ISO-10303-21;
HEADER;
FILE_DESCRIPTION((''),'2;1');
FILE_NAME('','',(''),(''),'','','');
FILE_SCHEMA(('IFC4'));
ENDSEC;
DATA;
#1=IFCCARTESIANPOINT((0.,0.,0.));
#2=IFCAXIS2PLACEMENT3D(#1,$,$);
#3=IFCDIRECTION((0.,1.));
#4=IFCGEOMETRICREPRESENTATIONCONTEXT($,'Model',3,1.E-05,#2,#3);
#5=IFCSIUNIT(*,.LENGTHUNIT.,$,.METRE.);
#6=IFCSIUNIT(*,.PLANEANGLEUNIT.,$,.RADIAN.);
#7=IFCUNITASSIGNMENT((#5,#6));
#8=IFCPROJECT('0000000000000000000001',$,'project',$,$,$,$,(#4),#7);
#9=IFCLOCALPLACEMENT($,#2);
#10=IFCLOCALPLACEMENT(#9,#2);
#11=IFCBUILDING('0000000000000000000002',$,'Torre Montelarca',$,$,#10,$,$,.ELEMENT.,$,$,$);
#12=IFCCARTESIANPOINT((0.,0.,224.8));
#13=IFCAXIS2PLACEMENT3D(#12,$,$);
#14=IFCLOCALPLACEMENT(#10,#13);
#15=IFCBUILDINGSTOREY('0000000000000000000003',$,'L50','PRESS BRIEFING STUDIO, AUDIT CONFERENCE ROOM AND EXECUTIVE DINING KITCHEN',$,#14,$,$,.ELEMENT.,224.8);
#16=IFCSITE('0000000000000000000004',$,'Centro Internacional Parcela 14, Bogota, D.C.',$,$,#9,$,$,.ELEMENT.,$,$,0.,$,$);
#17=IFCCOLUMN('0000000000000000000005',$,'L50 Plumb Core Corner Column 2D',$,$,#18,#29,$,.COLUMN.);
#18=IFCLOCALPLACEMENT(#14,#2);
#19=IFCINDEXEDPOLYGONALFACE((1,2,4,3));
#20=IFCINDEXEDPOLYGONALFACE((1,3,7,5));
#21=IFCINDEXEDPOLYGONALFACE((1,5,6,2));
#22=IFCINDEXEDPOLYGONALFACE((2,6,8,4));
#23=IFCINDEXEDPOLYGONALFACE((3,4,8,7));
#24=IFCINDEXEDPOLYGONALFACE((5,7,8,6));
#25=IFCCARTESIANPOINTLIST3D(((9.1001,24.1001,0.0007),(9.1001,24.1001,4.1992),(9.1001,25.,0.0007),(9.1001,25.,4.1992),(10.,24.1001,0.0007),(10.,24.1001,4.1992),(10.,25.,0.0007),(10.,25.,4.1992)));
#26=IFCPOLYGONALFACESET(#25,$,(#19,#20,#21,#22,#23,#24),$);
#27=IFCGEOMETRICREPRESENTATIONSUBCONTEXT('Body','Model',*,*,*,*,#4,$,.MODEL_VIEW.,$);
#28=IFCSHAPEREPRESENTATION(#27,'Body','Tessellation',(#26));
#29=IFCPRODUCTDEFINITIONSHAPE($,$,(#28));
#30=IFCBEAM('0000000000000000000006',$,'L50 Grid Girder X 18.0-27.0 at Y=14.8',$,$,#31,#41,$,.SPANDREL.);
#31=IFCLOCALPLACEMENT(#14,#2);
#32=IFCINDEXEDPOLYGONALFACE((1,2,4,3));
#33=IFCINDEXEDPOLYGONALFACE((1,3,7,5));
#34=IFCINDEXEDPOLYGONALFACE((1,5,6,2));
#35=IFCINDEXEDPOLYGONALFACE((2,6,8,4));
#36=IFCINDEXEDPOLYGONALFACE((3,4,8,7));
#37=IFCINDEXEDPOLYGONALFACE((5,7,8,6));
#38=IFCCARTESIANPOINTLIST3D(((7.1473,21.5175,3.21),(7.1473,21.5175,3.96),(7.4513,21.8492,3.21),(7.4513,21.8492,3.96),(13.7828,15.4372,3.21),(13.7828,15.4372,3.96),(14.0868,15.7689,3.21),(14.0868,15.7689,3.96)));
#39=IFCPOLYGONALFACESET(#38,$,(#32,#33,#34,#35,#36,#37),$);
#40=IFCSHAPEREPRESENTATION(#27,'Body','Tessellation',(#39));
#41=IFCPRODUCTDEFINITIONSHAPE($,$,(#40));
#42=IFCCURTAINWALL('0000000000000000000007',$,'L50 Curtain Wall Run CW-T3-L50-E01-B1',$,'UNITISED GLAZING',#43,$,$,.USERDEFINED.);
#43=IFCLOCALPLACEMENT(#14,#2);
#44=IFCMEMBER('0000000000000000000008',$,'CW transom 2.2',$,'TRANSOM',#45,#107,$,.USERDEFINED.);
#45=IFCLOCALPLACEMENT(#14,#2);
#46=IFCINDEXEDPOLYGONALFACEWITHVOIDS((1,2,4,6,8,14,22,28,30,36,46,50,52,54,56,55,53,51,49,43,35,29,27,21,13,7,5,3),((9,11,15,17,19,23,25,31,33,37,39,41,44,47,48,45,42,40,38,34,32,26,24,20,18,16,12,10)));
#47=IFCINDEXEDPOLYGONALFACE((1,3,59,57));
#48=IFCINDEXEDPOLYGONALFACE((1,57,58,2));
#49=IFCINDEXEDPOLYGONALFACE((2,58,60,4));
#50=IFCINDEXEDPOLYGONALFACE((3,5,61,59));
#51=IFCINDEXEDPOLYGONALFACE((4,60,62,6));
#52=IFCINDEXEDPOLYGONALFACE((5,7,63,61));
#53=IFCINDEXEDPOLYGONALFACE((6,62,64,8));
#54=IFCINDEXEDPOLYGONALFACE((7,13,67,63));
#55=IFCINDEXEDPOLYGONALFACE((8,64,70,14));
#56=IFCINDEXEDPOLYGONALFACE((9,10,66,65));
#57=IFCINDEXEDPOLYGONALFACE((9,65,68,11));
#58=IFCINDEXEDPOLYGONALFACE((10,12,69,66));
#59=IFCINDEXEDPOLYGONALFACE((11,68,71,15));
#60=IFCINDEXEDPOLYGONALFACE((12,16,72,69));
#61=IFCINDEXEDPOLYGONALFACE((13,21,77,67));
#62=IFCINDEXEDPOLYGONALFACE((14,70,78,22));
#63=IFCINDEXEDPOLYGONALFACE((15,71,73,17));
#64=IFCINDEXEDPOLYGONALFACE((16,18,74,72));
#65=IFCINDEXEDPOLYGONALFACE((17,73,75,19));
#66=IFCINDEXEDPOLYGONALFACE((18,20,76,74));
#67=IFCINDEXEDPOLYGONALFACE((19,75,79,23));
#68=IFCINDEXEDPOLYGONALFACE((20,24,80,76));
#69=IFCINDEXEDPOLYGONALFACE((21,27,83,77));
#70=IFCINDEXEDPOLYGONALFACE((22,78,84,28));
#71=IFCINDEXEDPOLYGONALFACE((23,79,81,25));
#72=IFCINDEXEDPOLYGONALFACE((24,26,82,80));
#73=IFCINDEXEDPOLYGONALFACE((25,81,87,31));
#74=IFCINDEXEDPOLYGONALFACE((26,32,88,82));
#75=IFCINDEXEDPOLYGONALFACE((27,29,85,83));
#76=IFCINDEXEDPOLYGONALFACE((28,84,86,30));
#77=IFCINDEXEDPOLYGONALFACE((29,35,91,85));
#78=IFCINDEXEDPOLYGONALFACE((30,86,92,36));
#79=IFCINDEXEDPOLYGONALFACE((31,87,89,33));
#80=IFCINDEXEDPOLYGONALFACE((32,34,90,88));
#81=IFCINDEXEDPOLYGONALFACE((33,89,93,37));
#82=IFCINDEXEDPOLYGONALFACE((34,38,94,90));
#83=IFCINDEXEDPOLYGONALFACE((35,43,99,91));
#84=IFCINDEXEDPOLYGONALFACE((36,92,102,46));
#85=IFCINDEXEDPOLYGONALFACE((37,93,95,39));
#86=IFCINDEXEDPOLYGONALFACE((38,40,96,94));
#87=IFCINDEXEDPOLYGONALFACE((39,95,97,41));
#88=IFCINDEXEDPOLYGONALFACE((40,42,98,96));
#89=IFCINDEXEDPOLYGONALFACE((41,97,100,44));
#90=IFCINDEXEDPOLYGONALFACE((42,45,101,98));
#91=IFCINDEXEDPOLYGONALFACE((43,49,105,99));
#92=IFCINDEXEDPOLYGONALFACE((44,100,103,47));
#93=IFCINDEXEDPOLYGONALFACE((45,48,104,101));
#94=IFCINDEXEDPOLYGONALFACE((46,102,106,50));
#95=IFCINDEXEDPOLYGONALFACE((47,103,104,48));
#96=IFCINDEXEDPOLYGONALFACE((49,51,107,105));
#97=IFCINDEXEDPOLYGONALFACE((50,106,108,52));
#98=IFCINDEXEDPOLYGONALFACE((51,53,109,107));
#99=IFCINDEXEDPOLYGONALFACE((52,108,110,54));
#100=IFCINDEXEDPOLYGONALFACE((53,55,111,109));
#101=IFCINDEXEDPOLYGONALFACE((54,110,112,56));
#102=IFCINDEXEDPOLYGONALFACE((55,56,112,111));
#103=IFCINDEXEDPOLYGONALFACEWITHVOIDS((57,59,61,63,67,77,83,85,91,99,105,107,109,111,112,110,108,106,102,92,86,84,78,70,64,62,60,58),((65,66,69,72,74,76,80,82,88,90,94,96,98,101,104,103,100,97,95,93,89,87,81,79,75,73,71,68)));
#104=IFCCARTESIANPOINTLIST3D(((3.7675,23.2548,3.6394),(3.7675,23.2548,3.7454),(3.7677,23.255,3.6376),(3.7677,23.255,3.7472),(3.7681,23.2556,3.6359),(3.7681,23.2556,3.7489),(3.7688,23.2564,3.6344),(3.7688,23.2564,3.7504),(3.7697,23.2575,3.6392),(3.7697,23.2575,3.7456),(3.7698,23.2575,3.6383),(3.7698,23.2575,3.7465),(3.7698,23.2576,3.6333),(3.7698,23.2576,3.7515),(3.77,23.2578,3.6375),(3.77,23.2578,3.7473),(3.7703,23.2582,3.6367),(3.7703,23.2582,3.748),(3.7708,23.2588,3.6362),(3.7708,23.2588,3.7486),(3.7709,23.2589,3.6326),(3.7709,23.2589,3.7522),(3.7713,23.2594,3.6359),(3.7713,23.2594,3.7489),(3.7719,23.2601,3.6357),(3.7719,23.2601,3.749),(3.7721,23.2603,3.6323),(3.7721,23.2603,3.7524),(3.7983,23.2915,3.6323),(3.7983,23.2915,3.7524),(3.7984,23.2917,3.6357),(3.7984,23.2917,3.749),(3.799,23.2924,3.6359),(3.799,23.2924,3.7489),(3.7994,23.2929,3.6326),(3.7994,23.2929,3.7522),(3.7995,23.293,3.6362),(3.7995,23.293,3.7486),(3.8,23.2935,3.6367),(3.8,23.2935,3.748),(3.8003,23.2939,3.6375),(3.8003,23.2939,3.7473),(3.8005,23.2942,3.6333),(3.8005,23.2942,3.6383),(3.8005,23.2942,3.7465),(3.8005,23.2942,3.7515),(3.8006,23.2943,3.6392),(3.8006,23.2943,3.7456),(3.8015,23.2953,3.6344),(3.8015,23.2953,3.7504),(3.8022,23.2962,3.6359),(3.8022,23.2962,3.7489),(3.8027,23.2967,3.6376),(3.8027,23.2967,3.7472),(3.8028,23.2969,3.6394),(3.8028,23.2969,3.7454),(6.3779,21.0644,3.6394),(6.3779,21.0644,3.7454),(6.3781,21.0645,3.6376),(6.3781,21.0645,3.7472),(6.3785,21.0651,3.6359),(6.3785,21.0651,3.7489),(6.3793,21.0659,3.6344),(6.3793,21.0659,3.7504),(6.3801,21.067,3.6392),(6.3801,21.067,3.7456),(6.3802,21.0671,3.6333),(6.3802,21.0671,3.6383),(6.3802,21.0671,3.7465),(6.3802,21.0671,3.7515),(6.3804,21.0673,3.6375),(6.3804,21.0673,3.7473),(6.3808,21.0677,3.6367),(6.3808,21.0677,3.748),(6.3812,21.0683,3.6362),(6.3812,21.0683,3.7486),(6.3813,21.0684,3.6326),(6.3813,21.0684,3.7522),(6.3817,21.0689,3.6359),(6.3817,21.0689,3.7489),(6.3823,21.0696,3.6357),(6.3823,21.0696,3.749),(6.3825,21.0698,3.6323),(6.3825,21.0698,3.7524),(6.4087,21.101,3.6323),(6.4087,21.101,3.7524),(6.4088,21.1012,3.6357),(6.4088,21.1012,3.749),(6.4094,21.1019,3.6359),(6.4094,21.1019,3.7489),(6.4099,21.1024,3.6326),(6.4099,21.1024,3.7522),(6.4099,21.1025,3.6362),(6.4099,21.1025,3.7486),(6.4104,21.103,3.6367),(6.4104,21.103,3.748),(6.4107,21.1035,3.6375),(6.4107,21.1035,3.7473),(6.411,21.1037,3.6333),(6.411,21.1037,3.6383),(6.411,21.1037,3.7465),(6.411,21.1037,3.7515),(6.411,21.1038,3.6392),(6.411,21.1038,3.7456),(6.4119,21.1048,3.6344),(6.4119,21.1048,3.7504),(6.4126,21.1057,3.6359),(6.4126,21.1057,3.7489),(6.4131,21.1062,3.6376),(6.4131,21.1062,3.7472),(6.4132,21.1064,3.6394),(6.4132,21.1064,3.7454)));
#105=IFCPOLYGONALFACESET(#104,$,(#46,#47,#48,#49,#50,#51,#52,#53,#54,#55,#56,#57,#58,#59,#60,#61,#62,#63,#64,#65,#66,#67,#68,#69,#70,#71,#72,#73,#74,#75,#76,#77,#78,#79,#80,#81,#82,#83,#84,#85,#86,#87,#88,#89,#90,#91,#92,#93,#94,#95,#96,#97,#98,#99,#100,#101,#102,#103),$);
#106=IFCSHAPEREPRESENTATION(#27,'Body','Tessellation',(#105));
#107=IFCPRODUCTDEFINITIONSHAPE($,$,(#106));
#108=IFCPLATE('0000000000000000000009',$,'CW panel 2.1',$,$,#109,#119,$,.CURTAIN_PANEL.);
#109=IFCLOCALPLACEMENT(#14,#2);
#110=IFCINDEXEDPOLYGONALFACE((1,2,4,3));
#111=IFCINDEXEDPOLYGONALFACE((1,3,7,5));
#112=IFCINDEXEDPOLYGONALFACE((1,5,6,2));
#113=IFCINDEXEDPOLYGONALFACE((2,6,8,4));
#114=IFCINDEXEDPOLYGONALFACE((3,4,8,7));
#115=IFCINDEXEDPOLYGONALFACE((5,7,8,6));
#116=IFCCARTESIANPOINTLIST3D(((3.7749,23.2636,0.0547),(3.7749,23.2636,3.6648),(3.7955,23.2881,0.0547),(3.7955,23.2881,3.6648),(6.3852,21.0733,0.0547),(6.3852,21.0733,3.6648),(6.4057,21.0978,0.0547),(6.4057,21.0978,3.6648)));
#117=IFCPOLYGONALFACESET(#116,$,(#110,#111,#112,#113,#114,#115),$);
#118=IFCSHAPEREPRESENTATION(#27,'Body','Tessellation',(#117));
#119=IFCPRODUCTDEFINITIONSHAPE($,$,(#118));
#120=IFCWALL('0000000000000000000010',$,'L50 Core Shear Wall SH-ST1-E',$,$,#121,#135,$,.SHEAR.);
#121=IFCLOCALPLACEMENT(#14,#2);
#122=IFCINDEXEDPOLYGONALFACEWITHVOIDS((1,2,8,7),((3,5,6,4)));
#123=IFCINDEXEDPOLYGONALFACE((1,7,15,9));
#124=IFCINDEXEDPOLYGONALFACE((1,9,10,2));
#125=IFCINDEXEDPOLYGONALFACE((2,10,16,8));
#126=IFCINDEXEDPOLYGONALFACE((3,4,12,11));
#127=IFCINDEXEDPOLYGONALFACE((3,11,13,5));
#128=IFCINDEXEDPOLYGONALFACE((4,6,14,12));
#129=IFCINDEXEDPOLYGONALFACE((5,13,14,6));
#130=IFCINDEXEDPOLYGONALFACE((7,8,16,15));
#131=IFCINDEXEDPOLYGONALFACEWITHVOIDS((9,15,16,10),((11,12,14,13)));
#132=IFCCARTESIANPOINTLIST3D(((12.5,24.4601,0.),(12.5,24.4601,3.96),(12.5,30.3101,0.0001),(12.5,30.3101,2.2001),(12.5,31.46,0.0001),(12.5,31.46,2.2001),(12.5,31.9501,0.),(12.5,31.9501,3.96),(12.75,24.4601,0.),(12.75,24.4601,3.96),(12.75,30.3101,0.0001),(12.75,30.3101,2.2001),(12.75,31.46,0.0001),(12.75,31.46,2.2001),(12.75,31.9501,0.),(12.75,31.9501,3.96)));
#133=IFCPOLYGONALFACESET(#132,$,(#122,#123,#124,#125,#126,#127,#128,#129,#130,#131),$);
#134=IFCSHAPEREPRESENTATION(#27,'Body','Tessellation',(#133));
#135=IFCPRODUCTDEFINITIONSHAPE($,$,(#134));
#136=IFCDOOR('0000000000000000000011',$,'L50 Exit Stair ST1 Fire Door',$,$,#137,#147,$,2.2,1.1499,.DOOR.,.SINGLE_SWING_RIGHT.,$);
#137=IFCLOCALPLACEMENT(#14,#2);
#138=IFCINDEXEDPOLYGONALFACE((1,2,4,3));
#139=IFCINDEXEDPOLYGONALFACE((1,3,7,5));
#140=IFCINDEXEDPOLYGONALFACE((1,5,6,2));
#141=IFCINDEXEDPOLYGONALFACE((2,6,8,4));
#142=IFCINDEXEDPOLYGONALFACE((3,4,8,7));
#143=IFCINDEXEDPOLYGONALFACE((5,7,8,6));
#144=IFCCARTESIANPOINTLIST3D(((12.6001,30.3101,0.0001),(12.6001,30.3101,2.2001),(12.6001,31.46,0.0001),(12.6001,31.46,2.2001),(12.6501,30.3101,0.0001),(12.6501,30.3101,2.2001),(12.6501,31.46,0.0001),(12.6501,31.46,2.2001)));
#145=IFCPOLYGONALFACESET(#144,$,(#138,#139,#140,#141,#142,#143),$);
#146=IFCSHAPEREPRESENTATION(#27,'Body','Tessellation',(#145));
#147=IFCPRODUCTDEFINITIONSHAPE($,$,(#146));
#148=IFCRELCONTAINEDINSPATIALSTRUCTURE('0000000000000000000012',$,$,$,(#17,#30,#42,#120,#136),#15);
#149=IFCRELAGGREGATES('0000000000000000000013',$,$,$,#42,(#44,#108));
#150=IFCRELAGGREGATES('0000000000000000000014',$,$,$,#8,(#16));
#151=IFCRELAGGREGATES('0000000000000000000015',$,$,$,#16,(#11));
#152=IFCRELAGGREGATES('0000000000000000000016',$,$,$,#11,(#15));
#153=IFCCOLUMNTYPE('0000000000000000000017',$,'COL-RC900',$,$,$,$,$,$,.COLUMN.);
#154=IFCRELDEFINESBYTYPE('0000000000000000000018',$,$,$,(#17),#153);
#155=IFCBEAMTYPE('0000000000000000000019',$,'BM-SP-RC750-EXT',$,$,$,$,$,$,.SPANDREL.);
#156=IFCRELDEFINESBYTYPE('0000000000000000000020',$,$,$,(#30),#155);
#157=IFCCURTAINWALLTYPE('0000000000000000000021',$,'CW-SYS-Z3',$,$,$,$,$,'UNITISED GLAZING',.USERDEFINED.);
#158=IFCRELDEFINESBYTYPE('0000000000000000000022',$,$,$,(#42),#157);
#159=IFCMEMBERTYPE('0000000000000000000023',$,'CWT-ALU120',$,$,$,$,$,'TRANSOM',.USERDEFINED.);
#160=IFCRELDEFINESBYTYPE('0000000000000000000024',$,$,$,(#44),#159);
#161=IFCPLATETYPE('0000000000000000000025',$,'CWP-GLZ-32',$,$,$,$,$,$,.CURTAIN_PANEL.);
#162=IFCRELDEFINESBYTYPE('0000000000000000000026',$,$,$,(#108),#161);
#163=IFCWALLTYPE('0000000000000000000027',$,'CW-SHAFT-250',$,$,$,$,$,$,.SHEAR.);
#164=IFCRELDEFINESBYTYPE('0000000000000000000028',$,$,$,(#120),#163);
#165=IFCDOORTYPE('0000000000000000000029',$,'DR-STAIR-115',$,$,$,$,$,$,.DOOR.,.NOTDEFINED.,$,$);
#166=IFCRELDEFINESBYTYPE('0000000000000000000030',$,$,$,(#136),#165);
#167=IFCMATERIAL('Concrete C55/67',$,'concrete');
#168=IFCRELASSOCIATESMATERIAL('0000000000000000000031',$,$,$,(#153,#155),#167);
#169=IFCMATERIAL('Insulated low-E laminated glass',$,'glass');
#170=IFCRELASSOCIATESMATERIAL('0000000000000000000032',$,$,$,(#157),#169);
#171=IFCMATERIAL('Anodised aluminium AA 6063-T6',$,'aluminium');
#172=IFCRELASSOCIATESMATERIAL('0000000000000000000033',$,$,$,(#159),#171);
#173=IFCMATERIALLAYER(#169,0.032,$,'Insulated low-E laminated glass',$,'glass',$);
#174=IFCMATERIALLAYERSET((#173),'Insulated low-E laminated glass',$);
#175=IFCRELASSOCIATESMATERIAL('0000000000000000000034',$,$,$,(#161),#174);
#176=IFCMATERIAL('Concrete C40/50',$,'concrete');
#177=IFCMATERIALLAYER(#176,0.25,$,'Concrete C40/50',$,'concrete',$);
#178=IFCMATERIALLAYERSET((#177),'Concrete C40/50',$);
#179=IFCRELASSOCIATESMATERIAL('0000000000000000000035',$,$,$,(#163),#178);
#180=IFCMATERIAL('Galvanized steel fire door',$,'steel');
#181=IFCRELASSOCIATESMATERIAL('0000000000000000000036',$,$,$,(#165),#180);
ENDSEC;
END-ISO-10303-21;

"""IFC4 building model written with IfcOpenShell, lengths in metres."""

from ifc_helpers import new_model, si_unit, direction, frame, frame_2d, origin, origin_2d, place, context, subcontext, project, spatial, rectangle, hollow_rectangle, extrude, source, transform, mapped, material, layer, layer_set, material_profile, profile_set, type_object, element, fill, aggregate, save


model = new_model("IFC4")

# Units and contexts
model_context = context("Model", 3, precision=1e-05, world=origin(), true_north=direction((0.0, 1.0)))
body_context = subcontext(model_context, "Body", "Model", "MODEL_VIEW")
ifc_project = project(units=[si_unit("LENGTHUNIT", "METRE"), si_unit("PLANEANGLEUNIT", "RADIAN")], contexts=[model_context])

# Site, building, storey
site_placement = place(None, origin())
site = spatial("IfcSite", under=ifc_project, at=site_placement, Name="Centro Internacional Parcela 14, Bogota, D.C.", CompositionType="ELEMENT", RefElevation=0.0)
building_placement = place(site_placement, origin())
building = spatial("IfcBuilding", under=site, at=building_placement, Name="Torre Montelarca", CompositionType="ELEMENT")
storey_placement = place(building_placement, frame((0.0, 0.0, 224.8)))
storey = spatial("IfcBuildingStorey", under=building, at=storey_placement, Name="L50", Description="PRESS BRIEFING STUDIO, AUDIT CONFERENCE ROOM AND EXECUTIVE DINING KITCHEN", CompositionType="ELEMENT", Elevation=224.8)

# Column
ifc_material_1 = material(Name="Concrete C55/67", Category="concrete")
ifc_material_profile_1 = material_profile(ifc_material_1, rectangle(XDim=0.8999, YDim=0.8999, at=origin_2d()), Name="RC900X900", Category="concrete")
ifc_profile_set_1 = profile_set([ifc_material_profile_1], Name="Concrete C55/67")
column_type_1 = type_object("IfcColumnType", Name="COL-RC900", PredefinedType="COLUMN", material=ifc_profile_set_1)
shared_shape_1 = source(origin(), body_context, "Body", "SweptSolid", [
    extrude(rectangle(XDim=0.8999, YDim=0.8999, at=origin_2d()), origin(), (0.0, 0.0, 1.0), 4.1985),
])
column_1_placement = place(storey_placement, frame((9.55, 24.55, 0.0007), z_axis=(0.0, 0.0, 1.0), x_axis=(1.0, 0.0, 0.0)))
element("IfcColumn", 1, at=column_1_placement, inside=storey, type_object=column_type_1, Name="L50 Plumb Core Corner Column 2D", PredefinedType="COLUMN", context=body_context, shape_type="MappedRepresentation", body=[
    mapped(shared_shape_1, transform((0.0, 0.0, 0.0), scale=1.0)),
])

# Beam
ifc_material_profile_2 = material_profile(ifc_material_1, rectangle(XDim=0.45, YDim=0.75, at=origin_2d()), Name="RCB450X750", Category="concrete")
ifc_profile_set_2 = profile_set([ifc_material_profile_2], Name="Concrete C55/67")
beam_type = type_object("IfcBeamType", Name="BM-SP-RC750-EXT", PredefinedType="SPANDREL", material=ifc_profile_set_2)
shared_shape_2 = source(origin(), body_context, "Body", "SweptSolid", [
    extrude(rectangle(XDim=0.45, YDim=0.75, at=origin_2d()), origin(), (0.0, 0.0, 1.0), 9.0),
])
beam_placement = place(storey_placement, frame((7.2993, 21.6833, 3.585), z_axis=(0.737277, -0.675591, 0.0), x_axis=(0.675591, 0.737277, 0.0)))
element("IfcBeam", 2, at=beam_placement, inside=storey, type_object=beam_type, Name="L50 Grid Girder X 18.0-27.0 at Y=14.8", PredefinedType="SPANDREL", context=body_context, shape_type="MappedRepresentation", body=[
    mapped(shared_shape_2, transform((0.0, 0.0, 0.0), scale=1.0)),
])

# Curtain wall, member, plate
ifc_material_2 = material(Name="Insulated low-E laminated glass", Category="glass")
curtain_wall_type = type_object("IfcCurtainWallType", Name="CW-SYS-Z3", ElementType="UNITISED GLAZING", PredefinedType="USERDEFINED", material=ifc_material_2)
curtain_wall_placement = place(storey_placement, origin())
curtain_wall = element("IfcCurtainWall", 3, at=curtain_wall_placement, inside=storey, type_object=curtain_wall_type, Name="L50 Curtain Wall Run CW-T3-L50-E01-B1", ObjectType="UNITISED GLAZING", PredefinedType="USERDEFINED")
ifc_material_3 = material(Name="Anodised aluminium AA 6063-T6", Category="aluminium")
ifc_material_profile_3 = material_profile(ifc_material_3, hollow_rectangle(XDim=0.0549, YDim=0.1201, WallThickness=0.0034, InnerFilletRadius=0.0034, OuterFilletRadius=0.0071, at=origin_2d()), Name="ALU55X120X3.5", Category="aluminium")
ifc_profile_set_3 = profile_set([ifc_material_profile_3], Name="Anodised aluminium AA 6063-T6")
member_type = type_object("IfcMemberType", Name="CWT-ALU120", ElementType="TRANSOM", PredefinedType="USERDEFINED", material=ifc_profile_set_3)
shared_shape_3 = source(origin(), body_context, "Body", "SweptSolid", [
    extrude(hollow_rectangle(XDim=0.0549, YDim=0.1201, WallThickness=0.0034, InnerFilletRadius=0.0034, OuterFilletRadius=0.0071, at=origin_2d()), origin(), (0.0, 0.0, 1.0), 3.4077),
])
member_placement = place(storey_placement, frame((3.7852, 23.2759, 3.6924), z_axis=(0.766032, -0.642802, 0.0), x_axis=(0.642802, 0.766032, 0.0)))
member = element("IfcMember", 4, at=member_placement, type_object=member_type, Name="CW transom 2.2", ObjectType="TRANSOM", PredefinedType="USERDEFINED", context=body_context, shape_type="MappedRepresentation", body=[
    mapped(shared_shape_3, transform((0.0, 0.0, 0.0), scale=1.0)),
])
ifc_layer_1 = layer(ifc_material_2, 0.032, Name="Insulated low-E laminated glass", Category="glass")
ifc_layer_set_1 = layer_set([ifc_layer_1], Name="Insulated low-E laminated glass")
plate_type = type_object("IfcPlateType", Name="CWP-GLZ-32", PredefinedType="CURTAIN_PANEL", material=ifc_layer_set_1)
shared_shape_4 = source(origin(), body_context, "Body", "SweptSolid", [
    extrude(rectangle(XDim=3.4075, YDim=0.032, at=origin_2d()), origin(), (0.0, 0.0, 1.0), 3.6101),
])
plate_placement = place(storey_placement, frame((5.0903, 22.1807, 0.0547), z_axis=(0.0, 0.0, 1.0), x_axis=(0.766043, -0.642789, 0.0)))
plate = element("IfcPlate", 5, at=plate_placement, type_object=plate_type, Name="CW panel 2.1", PredefinedType="CURTAIN_PANEL", context=body_context, shape_type="MappedRepresentation", body=[
    mapped(shared_shape_4, transform((0.0, 0.0, 0.0), scale=1.0)),
])
aggregate(curtain_wall, [member, plate])

# Wall, opening, door
ifc_material_4 = material(Name="Concrete C40/50", Category="concrete")
ifc_layer_2 = layer(ifc_material_4, 0.25, Name="Concrete C40/50", Category="concrete")
ifc_layer_set_2 = layer_set([ifc_layer_2], Name="Concrete C40/50")
wall_type_1 = type_object("IfcWallType", Name="CW-SHAFT-250", PredefinedType="SHEAR", material=ifc_layer_set_2)
wall_1_placement = place(storey_placement, frame((12.625, 24.46, 0.0), z_axis=(0.0, 0.0, 1.0), x_axis=(0.0, 1.0, 0.0)))
wall_1 = element("IfcWall", 6, at=wall_1_placement, inside=storey, type_object=wall_type_1, Name="L50 Core Shear Wall SH-ST1-E", PredefinedType="SHEAR", context=body_context, shape_type="SweptSolid", body=[
    extrude(rectangle(XDim=7.49, YDim=0.25, at=frame_2d((3.7451, 0.0))), origin(), (0.0, 0.0, 1.0), 3.96),
])
opening_1_placement = place(wall_1_placement, frame((5.8501, 0.0, 0.0)))
opening_1 = element("IfcOpeningElement", 7, at=opening_1_placement, cuts=wall_1, PredefinedType="OPENING", context=body_context, shape_type="SweptSolid", body=[
    extrude(rectangle(XDim=1.1499, YDim=2.2, at=frame_2d((0.575, 1.1001))), frame((0.0, 0.135, 0.0), z_axis=(0.0, -1.0, 0.0), x_axis=(1.0, 0.0, 0.0)), (0.0, 0.0, 1.0), 0.27),
])
ifc_material_5 = material(Name="Galvanized steel fire door", Category="steel")
door_type_1 = type_object("IfcDoorType", Name="DR-STAIR-115", OperationType="NOTDEFINED", PredefinedType="DOOR", material=ifc_material_5)
shared_shape_5 = source(origin(), body_context, "Body", "SweptSolid", [
    extrude(rectangle(XDim=1.1499, YDim=2.2, at=frame_2d((0.575, 1.1001))), frame((0.0, 0.0249, 0.0), z_axis=(0.0, -1.0, 0.0), x_axis=(1.0, 0.0, 0.0)), (0.0, 0.0, 1.0), 0.05),
])
door_1_placement = place(opening_1_placement, origin())
door_1 = element("IfcDoor", 8, at=door_1_placement, inside=storey, type_object=door_type_1, Name="L50 Exit Stair ST1 Fire Door", OperationType="SINGLE_SWING_RIGHT", OverallHeight=2.2, OverallWidth=1.1499, PredefinedType="DOOR", context=body_context, shape_type="MappedRepresentation", body=[
    mapped(shared_shape_5, transform((0.0, 0.0, 0.0), scale=1.0)),
])
fill(opening_1, door_1)

save(model, "model.ifc")
